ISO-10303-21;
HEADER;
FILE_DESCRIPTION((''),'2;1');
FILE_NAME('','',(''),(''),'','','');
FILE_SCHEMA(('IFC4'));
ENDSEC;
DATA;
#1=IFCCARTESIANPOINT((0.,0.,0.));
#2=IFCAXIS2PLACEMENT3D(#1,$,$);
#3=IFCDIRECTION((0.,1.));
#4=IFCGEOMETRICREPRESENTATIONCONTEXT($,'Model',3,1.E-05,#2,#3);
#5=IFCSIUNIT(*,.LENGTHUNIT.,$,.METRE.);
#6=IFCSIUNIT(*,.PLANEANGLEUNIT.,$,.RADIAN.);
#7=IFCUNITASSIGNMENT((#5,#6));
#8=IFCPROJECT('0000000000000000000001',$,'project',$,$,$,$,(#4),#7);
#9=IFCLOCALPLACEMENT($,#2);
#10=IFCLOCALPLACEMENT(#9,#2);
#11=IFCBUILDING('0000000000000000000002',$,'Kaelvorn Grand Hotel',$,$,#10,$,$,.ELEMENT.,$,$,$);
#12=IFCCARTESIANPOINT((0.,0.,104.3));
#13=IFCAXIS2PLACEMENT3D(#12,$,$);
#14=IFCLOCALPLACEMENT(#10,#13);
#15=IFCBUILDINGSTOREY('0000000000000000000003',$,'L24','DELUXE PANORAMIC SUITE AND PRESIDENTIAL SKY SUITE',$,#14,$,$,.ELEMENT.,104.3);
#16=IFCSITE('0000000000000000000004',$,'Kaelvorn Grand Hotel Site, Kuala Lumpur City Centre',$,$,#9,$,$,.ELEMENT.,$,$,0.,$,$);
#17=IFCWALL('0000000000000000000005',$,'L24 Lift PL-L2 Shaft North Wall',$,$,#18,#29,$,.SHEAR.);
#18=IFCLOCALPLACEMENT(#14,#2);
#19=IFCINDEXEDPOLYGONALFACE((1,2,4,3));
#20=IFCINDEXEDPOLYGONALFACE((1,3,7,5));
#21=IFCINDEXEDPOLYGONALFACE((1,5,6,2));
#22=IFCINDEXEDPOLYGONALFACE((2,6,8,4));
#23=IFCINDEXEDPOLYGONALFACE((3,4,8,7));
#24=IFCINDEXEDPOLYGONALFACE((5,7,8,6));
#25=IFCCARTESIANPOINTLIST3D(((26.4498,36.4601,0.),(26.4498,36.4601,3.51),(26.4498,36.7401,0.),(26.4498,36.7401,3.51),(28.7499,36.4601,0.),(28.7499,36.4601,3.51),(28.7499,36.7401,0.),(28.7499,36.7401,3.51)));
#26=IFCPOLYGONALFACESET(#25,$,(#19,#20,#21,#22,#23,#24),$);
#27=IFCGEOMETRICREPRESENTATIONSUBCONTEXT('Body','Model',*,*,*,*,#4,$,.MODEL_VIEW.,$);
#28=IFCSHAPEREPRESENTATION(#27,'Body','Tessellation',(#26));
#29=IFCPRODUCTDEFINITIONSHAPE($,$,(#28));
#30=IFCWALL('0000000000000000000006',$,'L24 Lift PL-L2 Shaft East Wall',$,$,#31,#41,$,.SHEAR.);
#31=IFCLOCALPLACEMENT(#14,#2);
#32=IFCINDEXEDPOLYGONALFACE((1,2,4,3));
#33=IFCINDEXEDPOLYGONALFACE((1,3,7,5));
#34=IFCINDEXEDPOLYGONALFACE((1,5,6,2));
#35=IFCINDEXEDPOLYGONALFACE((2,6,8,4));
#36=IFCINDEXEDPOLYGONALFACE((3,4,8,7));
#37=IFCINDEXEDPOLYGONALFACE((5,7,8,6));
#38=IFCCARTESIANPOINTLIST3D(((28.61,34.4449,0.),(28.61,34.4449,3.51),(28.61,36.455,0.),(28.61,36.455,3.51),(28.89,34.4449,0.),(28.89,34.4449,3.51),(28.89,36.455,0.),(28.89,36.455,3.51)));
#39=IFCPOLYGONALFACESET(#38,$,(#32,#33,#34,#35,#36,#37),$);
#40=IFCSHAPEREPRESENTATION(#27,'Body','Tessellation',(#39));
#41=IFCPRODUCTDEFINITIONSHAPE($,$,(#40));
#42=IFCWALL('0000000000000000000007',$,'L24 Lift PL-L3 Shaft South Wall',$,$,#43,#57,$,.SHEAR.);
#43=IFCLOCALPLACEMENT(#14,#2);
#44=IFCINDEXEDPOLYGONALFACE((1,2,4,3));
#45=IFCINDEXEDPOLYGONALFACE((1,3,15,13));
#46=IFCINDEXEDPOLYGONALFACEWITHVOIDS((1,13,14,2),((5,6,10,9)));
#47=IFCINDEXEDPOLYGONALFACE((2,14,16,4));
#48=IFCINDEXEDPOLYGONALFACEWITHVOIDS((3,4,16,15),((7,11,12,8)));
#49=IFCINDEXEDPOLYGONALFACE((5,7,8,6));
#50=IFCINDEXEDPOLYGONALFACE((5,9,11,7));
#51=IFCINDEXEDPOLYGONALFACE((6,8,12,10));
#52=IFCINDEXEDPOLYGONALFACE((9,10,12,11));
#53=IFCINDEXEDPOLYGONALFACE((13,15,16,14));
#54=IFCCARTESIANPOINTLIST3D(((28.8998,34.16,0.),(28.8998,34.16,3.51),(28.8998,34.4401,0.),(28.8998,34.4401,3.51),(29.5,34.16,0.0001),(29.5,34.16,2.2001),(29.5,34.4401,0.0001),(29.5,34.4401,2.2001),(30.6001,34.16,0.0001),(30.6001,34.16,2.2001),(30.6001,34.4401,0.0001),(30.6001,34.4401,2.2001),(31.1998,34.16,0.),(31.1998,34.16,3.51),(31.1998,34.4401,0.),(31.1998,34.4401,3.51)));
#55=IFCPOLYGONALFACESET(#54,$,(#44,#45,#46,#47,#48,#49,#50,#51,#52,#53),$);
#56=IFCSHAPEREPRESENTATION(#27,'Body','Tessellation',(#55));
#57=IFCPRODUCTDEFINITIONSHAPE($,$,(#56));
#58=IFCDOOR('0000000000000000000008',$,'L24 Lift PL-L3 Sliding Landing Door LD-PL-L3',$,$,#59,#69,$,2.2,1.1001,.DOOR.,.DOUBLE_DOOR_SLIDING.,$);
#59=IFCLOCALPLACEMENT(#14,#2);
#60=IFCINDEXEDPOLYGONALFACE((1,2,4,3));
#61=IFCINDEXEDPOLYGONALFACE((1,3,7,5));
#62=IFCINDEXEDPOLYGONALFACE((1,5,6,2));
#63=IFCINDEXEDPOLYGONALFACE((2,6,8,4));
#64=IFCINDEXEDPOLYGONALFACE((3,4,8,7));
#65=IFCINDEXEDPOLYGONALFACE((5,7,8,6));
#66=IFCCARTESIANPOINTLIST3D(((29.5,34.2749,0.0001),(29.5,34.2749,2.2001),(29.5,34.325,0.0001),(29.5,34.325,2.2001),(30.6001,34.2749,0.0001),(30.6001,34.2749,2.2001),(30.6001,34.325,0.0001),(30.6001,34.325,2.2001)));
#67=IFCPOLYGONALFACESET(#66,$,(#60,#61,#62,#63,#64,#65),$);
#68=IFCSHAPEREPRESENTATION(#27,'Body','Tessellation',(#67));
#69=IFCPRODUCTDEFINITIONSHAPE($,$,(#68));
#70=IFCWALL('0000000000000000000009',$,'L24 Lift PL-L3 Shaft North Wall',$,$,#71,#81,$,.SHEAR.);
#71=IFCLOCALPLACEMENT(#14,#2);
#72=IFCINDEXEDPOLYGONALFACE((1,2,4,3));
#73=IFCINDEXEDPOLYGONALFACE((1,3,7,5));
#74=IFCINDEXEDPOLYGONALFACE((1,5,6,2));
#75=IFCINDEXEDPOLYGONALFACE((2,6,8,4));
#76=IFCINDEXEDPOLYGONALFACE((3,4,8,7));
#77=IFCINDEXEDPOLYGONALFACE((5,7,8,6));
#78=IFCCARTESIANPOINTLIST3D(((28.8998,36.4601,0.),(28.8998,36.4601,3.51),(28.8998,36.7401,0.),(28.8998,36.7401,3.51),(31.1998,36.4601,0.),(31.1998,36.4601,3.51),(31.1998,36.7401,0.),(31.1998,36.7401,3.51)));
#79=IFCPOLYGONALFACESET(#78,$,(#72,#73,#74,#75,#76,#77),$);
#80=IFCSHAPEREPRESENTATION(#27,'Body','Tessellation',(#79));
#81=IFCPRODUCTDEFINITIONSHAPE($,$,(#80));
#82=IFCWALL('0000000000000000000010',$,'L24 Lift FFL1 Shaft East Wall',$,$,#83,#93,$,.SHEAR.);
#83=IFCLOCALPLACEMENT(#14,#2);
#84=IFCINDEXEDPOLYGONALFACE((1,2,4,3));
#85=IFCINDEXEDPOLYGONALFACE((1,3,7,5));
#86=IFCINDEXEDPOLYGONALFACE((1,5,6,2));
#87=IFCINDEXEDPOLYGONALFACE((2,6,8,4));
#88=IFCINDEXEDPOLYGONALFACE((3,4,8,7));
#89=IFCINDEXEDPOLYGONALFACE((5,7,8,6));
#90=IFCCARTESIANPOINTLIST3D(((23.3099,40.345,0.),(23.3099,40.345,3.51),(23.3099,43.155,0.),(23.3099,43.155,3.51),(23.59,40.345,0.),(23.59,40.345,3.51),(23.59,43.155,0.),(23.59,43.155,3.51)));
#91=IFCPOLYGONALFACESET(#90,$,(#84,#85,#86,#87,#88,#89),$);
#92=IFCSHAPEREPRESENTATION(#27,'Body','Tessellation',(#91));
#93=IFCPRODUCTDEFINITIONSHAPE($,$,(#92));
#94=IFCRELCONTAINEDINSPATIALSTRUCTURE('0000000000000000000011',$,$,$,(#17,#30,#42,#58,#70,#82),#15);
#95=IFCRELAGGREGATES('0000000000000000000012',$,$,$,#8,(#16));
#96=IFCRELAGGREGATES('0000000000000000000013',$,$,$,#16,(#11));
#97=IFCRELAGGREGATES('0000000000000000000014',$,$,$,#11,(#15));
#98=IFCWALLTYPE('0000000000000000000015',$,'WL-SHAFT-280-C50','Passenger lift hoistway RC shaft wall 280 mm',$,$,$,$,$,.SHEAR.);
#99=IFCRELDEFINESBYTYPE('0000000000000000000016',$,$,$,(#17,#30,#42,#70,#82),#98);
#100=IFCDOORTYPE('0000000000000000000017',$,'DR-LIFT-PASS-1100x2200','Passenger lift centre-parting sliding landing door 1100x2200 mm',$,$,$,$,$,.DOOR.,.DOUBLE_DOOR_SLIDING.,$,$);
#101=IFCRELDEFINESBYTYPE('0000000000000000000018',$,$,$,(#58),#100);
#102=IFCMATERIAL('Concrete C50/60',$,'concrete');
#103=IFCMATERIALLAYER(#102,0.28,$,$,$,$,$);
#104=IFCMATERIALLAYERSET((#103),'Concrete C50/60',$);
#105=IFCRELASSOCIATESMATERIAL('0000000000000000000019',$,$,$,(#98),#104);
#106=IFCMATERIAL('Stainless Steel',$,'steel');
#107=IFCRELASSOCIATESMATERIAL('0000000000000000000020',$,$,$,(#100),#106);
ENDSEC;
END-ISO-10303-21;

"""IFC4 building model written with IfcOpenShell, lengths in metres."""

from ifc_helpers import new_model, si_unit, direction, frame, frame_2d, origin, place, context, subcontext, project, spatial, rectangle, extrude, material, layer, layer_set, type_object, element, fill, save


model = new_model("IFC4")

# Units and contexts
model_context = context("Model", 3, precision=1e-05, world=origin(), true_north=direction((0.0, 1.0)))
body_context = subcontext(model_context, "Body", "Model", "MODEL_VIEW")
ifc_project = project(units=[si_unit("LENGTHUNIT", "METRE"), si_unit("PLANEANGLEUNIT", "RADIAN")], contexts=[model_context])

# Site, building, storey
site_placement = place(None, origin())
site = spatial("IfcSite", under=ifc_project, at=site_placement, Name="Kaelvorn Grand Hotel Site, Kuala Lumpur City Centre", CompositionType="ELEMENT", RefElevation=0.0)
building_placement = place(site_placement, origin())
building = spatial("IfcBuilding", under=site, at=building_placement, Name="Kaelvorn Grand Hotel", CompositionType="ELEMENT")
storey_placement = place(building_placement, frame((0.0, 0.0, 104.3)))
storey = spatial("IfcBuildingStorey", under=building, at=storey_placement, Name="L24", Description="DELUXE PANORAMIC SUITE AND PRESIDENTIAL SKY SUITE", CompositionType="ELEMENT", Elevation=104.3)

# Shared definitions
ifc_material_1 = material(Name="Concrete C50/60", Category="concrete")
ifc_layer_1 = layer(ifc_material_1, 0.28)
ifc_layer_set_1 = layer_set([ifc_layer_1], Name="Concrete C50/60")
wall_type_1 = type_object("IfcWallType", Name="WL-SHAFT-280-C50", Description="Passenger lift hoistway RC shaft wall 280 mm", PredefinedType="SHEAR", material=ifc_layer_set_1)
ifc_material_2 = material(Name="Stainless Steel", Category="steel")
door_type_1 = type_object("IfcDoorType", Name="DR-LIFT-PASS-1100x2200", Description="Passenger lift centre-parting sliding landing door 1100x2200 mm", OperationType="DOUBLE_DOOR_SLIDING", PredefinedType="DOOR", material=ifc_material_2)

# Walls
wall_1_placement = place(storey_placement, frame((26.45, 36.6001, 0.0), z_axis=(0.0, 0.0, 1.0), x_axis=(1.0, 0.0, 0.0)))
element("IfcWall", 1, at=wall_1_placement, inside=storey, type_object=wall_type_1, Name="L24 Lift PL-L2 Shaft North Wall", PredefinedType="SHEAR", context=body_context, shape_type="SweptSolid", body=[
    extrude(rectangle(XDim=2.3, YDim=0.28, at=frame_2d((1.1499, 0.0))), origin(), (0.0, 0.0, 1.0), 3.51),
])
wall_2_placement = place(storey_placement, frame((28.75, 34.4451, 0.0), z_axis=(0.0, 0.0, 1.0), x_axis=(0.0, 1.0, 0.0)))
element("IfcWall", 2, at=wall_2_placement, inside=storey, type_object=wall_type_1, Name="L24 Lift PL-L2 Shaft East Wall", PredefinedType="SHEAR", context=body_context, shape_type="SweptSolid", body=[
    extrude(rectangle(XDim=2.01, YDim=0.28, at=frame_2d((1.0049, 0.0))), origin(), (0.0, 0.0, 1.0), 3.51),
])

# Wall, opening, door
wall_3_placement = place(storey_placement, frame((28.8999, 34.3, 0.0), z_axis=(0.0, 0.0, 1.0), x_axis=(1.0, 0.0, 0.0)))
wall_3 = element("IfcWall", 3, at=wall_3_placement, inside=storey, type_object=wall_type_1, Name="L24 Lift PL-L3 Shaft South Wall", PredefinedType="SHEAR", context=body_context, shape_type="SweptSolid", body=[
    extrude(rectangle(XDim=2.3, YDim=0.28, at=frame_2d((1.1499, 0.0))), origin(), (0.0, 0.0, 1.0), 3.51),
])
opening_1_placement = place(wall_3_placement, frame((0.6001, 0.0, 0.0)))
opening_1 = element("IfcOpeningElement", 4, at=opening_1_placement, cuts=wall_3, PredefinedType="OPENING", context=body_context, shape_type="SweptSolid", body=[
    extrude(rectangle(XDim=1.1001, YDim=2.2, at=frame_2d((0.55, 1.1001))), frame((0.0, 0.1499, 0.0), z_axis=(0.0, -1.0, 0.0), x_axis=(1.0, 0.0, 0.0)), (0.0, 0.0, 1.0), 0.3),
])
door_1_placement = place(opening_1_placement, origin())
door_1 = element("IfcDoor", 5, at=door_1_placement, inside=storey, type_object=door_type_1, Name="L24 Lift PL-L3 Sliding Landing Door LD-PL-L3", OperationType="DOUBLE_DOOR_SLIDING", OverallHeight=2.2, OverallWidth=1.1001, PredefinedType="DOOR", context=body_context, shape_type="SweptSolid", body=[
    extrude(rectangle(XDim=1.1001, YDim=2.2, at=frame_2d((0.55, 1.1001))), frame((0.0, 0.0249, 0.0), z_axis=(0.0, -1.0, 0.0), x_axis=(1.0, 0.0, 0.0)), (0.0, 0.0, 1.0), 0.05),
])
fill(opening_1, door_1)

# Walls
wall_4_placement = place(storey_placement, frame((28.8999, 36.6001, 0.0), z_axis=(0.0, 0.0, 1.0), x_axis=(1.0, 0.0, 0.0)))
element("IfcWall", 6, at=wall_4_placement, inside=storey, type_object=wall_type_1, Name="L24 Lift PL-L3 Shaft North Wall", PredefinedType="SHEAR", context=body_context, shape_type="SweptSolid", body=[
    extrude(rectangle(XDim=2.3, YDim=0.28, at=frame_2d((1.1499, 0.0))), origin(), (0.0, 0.0, 1.0), 3.51),
])
wall_5_placement = place(storey_placement, frame((23.45, 40.345, 0.0), z_axis=(0.0, 0.0, 1.0), x_axis=(0.0, 1.0, 0.0)))
element("IfcWall", 7, at=wall_5_placement, inside=storey, type_object=wall_type_1, Name="L24 Lift FFL1 Shaft East Wall", PredefinedType="SHEAR", context=body_context, shape_type="SweptSolid", body=[
    extrude(rectangle(XDim=2.8101, YDim=0.28, at=frame_2d((1.405, 0.0))), origin(), (0.0, 0.0, 1.0), 3.51),
])

save(model, "model.ifc")
